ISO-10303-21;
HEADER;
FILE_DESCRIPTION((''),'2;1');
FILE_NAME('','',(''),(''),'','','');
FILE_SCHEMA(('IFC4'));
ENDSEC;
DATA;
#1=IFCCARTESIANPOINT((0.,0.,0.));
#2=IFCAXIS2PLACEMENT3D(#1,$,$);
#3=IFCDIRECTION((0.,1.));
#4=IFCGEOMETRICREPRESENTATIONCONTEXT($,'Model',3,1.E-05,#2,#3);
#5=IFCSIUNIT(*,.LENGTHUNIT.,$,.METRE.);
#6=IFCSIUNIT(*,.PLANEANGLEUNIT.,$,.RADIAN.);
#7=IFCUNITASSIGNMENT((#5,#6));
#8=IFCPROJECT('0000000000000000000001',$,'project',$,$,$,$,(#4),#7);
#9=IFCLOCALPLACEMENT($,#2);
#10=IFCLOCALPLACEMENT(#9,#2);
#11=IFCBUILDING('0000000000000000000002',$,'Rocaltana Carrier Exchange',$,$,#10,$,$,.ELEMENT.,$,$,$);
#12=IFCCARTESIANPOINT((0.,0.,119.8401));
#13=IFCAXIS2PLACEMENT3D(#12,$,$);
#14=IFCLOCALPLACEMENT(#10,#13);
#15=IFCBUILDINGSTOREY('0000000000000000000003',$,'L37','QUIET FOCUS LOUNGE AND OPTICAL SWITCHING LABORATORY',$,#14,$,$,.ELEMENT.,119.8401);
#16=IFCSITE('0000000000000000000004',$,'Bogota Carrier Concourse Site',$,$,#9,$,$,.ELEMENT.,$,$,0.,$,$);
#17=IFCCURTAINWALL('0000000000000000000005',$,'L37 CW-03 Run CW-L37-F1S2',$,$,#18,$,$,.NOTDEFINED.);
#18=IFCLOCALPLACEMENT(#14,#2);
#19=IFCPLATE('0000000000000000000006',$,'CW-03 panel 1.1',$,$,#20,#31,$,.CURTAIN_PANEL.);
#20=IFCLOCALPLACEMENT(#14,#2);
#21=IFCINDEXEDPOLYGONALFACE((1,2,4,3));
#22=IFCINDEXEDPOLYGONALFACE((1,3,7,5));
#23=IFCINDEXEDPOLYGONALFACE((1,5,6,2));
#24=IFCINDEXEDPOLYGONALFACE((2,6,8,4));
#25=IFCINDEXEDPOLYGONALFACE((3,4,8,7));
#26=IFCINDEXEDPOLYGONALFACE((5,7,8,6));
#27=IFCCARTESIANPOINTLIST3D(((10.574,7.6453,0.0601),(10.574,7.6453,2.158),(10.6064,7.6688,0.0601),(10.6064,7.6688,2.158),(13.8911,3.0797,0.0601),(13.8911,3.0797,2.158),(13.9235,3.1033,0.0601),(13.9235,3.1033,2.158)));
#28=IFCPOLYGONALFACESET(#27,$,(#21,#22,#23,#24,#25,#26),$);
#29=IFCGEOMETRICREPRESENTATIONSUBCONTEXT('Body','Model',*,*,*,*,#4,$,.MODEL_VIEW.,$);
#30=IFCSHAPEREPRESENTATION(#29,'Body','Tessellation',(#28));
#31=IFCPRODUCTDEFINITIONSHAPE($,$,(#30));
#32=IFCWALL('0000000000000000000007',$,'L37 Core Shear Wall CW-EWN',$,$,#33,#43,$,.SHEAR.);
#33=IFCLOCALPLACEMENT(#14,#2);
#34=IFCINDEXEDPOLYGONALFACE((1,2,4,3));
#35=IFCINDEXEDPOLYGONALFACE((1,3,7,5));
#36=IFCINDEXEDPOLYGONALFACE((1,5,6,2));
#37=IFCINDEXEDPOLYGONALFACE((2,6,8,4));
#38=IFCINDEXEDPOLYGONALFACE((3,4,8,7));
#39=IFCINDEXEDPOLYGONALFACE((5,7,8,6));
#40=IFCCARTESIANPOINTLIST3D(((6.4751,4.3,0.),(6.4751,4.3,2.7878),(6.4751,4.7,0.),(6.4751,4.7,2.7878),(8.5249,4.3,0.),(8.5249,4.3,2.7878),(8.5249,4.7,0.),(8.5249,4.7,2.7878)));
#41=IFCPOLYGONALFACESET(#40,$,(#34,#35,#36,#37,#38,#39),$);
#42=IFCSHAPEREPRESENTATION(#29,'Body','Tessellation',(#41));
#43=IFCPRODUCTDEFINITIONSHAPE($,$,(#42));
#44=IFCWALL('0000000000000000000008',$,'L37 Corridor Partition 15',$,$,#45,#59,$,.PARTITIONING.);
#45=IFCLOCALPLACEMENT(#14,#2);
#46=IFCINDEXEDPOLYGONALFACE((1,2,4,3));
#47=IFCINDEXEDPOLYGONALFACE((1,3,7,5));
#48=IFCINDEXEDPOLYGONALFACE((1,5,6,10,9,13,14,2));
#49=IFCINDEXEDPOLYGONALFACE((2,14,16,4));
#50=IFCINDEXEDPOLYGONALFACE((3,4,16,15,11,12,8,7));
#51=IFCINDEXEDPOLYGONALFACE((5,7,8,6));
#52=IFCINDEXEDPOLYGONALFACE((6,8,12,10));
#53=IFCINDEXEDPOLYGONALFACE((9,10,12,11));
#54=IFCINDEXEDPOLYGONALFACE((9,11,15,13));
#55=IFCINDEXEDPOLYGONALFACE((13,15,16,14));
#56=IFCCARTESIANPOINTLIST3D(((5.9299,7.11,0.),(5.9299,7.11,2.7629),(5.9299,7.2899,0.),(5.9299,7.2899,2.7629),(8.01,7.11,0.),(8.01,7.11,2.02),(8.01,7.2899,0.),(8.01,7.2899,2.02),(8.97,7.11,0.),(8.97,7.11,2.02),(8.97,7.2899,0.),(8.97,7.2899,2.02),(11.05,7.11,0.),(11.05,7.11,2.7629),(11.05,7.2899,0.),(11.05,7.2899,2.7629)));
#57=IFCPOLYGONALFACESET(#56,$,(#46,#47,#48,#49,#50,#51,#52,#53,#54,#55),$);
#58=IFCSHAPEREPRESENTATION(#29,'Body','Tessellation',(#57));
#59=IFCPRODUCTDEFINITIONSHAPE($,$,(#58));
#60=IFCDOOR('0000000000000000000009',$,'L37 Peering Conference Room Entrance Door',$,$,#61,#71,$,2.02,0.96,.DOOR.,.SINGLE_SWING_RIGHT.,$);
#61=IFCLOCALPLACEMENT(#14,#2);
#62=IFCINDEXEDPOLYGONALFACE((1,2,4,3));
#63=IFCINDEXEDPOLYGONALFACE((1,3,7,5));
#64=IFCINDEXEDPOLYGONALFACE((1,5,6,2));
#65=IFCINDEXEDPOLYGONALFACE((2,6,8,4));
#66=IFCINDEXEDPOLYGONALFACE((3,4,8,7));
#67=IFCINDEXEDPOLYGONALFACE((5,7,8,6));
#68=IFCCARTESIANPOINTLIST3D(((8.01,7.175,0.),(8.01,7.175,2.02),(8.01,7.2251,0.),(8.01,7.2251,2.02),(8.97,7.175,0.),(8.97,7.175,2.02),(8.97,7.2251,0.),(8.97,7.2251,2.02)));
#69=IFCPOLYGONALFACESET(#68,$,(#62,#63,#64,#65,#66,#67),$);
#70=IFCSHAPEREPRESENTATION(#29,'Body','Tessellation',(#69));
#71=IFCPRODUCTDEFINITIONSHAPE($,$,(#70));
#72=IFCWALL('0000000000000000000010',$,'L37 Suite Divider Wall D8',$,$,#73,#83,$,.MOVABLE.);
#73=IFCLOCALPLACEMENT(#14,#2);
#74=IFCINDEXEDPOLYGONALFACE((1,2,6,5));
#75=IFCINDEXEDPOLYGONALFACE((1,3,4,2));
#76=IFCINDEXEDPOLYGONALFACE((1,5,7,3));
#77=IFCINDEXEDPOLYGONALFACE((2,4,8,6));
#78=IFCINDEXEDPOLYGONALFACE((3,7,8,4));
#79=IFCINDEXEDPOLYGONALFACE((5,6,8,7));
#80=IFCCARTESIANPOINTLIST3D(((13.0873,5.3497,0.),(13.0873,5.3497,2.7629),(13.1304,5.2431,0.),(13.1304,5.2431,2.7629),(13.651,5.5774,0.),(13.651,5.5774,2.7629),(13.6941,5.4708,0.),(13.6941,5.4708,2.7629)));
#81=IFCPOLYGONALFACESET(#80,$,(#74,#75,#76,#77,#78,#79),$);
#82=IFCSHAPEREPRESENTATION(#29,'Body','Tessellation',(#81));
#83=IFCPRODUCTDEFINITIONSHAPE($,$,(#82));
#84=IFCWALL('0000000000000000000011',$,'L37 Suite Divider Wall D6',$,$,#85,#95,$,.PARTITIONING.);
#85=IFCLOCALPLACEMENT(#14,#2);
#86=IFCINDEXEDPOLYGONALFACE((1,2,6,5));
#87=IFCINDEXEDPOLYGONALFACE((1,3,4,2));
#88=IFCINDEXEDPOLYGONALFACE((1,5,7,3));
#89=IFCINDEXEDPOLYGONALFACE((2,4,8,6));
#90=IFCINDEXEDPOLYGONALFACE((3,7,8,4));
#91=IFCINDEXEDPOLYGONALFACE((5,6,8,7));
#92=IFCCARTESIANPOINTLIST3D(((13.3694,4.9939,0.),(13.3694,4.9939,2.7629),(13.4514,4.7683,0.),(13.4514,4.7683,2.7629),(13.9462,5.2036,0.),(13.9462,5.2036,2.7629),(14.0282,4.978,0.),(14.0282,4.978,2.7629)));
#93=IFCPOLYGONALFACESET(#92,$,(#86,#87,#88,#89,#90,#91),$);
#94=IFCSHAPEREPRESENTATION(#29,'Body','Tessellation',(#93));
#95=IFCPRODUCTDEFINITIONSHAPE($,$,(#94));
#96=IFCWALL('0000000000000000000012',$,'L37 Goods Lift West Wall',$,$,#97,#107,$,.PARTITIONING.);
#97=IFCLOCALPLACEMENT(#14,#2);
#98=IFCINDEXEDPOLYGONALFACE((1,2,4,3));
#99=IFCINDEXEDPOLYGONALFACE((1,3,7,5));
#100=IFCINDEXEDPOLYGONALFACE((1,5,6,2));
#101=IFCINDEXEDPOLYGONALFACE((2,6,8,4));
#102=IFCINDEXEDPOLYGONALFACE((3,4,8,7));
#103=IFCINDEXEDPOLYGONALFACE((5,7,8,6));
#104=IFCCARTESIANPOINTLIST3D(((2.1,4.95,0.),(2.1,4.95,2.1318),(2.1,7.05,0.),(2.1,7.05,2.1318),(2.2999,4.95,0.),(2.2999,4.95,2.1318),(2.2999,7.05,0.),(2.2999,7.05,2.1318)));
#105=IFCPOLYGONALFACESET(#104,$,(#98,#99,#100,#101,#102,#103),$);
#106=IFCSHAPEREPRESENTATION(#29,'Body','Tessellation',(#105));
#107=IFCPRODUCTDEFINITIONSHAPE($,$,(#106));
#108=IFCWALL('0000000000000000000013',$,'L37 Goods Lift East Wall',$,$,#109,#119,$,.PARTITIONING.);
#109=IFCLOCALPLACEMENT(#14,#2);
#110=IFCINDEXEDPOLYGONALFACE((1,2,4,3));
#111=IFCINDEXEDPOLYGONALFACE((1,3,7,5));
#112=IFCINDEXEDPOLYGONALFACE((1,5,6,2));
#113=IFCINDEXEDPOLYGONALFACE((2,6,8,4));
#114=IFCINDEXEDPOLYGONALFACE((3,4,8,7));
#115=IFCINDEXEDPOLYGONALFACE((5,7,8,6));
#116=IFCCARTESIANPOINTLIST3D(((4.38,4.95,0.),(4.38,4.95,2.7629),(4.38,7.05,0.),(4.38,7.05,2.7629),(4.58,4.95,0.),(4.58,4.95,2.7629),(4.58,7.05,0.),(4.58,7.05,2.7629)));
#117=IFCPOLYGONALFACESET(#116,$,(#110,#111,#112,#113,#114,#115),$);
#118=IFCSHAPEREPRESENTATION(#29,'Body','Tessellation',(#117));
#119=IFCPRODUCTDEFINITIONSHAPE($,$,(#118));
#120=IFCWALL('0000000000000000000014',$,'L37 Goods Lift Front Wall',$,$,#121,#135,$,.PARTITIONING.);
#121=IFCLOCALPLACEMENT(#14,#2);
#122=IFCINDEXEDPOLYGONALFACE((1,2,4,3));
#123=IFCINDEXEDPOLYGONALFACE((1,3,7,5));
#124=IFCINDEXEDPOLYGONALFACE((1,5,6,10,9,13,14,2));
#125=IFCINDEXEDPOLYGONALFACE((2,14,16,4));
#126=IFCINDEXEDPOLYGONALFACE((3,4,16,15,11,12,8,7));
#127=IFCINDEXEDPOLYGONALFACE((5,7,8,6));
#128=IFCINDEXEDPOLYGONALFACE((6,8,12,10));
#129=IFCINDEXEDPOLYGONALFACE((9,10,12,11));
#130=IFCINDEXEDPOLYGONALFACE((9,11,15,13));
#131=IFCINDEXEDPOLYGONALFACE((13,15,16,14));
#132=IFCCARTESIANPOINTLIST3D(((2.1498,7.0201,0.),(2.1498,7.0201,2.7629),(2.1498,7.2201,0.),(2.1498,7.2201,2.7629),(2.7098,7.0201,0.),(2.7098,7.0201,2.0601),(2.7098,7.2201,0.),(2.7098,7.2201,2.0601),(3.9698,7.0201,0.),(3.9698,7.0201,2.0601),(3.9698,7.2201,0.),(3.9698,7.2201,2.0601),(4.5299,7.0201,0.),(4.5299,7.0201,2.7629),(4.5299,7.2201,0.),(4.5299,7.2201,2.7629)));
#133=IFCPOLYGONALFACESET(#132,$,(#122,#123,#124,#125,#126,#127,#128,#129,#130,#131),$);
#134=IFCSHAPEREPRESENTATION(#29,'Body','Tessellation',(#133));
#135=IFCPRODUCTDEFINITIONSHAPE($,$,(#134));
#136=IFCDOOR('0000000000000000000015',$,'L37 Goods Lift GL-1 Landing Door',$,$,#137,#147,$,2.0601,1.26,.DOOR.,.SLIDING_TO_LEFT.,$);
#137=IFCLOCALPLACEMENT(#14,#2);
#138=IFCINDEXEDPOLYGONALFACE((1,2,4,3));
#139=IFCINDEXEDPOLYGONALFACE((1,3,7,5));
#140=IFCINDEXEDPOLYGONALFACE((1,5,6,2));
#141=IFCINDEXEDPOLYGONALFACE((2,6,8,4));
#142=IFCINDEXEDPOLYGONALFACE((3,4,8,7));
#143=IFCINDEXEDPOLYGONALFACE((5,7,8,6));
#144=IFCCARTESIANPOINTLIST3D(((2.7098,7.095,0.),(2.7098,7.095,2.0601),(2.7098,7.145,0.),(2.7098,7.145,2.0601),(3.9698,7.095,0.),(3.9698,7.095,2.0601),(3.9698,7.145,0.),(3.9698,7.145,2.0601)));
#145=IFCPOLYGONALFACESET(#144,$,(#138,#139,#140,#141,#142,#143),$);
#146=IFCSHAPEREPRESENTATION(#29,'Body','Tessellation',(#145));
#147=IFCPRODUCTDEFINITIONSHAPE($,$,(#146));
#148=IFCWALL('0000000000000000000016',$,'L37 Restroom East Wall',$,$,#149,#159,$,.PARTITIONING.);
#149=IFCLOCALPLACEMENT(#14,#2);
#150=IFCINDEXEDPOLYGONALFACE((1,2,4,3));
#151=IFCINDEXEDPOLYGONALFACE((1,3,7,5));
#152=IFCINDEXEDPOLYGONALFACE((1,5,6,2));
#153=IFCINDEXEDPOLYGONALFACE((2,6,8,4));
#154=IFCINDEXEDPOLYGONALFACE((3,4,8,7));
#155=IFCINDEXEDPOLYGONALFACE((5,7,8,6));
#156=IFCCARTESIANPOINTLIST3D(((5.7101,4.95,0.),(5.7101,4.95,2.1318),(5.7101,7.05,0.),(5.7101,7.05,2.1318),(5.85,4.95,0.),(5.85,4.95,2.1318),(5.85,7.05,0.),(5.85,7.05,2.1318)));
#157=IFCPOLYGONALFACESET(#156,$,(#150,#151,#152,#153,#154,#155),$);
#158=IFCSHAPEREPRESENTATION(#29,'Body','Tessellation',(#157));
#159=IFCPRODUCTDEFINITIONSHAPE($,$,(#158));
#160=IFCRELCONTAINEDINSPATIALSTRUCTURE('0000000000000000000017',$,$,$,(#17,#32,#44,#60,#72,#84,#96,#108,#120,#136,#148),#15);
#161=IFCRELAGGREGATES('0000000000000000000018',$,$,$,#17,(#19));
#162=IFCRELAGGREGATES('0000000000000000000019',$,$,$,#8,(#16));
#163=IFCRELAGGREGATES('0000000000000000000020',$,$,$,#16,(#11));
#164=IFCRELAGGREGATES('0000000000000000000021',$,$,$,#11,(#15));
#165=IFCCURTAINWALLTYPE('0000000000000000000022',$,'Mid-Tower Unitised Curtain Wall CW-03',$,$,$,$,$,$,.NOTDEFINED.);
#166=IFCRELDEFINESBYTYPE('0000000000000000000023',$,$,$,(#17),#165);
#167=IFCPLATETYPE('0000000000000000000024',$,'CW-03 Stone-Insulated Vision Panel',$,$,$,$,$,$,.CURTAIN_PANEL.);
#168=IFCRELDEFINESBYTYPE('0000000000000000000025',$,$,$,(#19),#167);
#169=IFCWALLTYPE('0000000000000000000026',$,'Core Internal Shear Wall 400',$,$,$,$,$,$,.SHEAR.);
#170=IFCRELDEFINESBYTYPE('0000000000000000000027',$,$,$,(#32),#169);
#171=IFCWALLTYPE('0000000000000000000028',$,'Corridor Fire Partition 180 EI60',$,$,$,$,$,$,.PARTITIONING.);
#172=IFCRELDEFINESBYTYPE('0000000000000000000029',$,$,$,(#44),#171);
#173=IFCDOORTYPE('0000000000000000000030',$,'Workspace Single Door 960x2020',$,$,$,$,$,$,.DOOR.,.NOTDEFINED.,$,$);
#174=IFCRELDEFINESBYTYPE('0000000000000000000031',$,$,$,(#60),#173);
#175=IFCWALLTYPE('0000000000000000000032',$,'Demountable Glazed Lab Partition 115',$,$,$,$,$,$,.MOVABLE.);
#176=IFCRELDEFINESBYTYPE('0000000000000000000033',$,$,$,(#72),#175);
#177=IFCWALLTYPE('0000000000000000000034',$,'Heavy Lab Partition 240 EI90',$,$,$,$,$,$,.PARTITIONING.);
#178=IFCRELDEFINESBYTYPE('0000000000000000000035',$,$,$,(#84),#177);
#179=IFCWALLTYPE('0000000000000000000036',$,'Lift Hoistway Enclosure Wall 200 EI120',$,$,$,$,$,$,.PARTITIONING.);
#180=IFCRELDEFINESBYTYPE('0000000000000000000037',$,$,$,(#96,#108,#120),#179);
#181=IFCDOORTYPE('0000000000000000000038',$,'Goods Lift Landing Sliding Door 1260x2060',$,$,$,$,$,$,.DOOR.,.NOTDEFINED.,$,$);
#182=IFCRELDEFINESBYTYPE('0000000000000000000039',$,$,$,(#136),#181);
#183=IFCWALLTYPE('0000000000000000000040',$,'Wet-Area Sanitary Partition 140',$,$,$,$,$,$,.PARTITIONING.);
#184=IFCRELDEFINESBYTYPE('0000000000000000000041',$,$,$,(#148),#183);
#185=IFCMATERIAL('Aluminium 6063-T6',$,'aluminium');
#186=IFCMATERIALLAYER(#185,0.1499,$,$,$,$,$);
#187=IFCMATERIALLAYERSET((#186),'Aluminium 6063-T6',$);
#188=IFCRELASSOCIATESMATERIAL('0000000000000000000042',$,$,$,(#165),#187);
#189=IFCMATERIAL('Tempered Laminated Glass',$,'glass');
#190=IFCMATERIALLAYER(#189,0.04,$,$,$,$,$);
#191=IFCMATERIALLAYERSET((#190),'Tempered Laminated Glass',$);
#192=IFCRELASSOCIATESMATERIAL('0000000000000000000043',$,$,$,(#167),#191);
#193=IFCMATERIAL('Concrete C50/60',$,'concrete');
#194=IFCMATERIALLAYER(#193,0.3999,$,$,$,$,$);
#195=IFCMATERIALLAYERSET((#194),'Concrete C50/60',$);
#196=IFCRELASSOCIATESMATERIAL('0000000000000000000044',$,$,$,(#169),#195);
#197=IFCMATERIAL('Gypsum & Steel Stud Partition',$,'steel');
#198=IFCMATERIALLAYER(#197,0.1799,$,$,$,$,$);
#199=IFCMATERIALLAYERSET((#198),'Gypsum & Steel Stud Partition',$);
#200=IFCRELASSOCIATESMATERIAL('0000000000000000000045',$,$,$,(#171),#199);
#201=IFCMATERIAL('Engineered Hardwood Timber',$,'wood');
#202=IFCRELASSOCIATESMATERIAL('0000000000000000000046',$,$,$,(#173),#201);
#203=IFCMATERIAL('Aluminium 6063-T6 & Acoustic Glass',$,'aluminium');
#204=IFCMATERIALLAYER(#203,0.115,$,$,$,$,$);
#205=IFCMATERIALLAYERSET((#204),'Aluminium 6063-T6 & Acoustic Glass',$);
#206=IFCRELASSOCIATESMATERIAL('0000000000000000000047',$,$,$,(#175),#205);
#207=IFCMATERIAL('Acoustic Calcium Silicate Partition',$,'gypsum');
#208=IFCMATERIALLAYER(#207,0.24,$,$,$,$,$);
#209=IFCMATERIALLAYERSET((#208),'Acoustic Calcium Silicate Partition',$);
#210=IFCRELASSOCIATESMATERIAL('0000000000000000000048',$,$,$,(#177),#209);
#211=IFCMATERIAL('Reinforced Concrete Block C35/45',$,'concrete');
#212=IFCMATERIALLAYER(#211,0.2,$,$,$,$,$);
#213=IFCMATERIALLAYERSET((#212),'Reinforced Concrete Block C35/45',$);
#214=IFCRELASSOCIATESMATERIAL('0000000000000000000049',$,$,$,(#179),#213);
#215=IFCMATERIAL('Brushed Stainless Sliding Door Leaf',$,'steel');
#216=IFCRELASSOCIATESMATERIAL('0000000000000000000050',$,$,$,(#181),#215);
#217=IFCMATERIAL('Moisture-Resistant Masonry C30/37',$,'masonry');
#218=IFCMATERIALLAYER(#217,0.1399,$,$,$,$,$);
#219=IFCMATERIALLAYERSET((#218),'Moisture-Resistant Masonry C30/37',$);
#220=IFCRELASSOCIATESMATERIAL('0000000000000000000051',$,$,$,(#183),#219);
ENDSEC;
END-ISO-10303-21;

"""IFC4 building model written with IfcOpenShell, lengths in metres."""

from ifc_helpers import new_model, si_unit, direction, frame, frame_2d, origin, origin_2d, place, context, subcontext, project, spatial, rectangle, extrude, material, layer, layer_set, type_object, element, fill, aggregate, save


model = new_model("IFC4")

# Units and contexts
model_context = context("Model", 3, precision=1e-05, world=origin(), true_north=direction((0.0, 1.0)))
body_context = subcontext(model_context, "Body", "Model", "MODEL_VIEW")
ifc_project = project(units=[si_unit("LENGTHUNIT", "METRE"), si_unit("PLANEANGLEUNIT", "RADIAN")], contexts=[model_context])

# Site, building, storey
site_placement = place(None, origin())
site = spatial("IfcSite", under=ifc_project, at=site_placement, Name="Bogota Carrier Concourse Site", CompositionType="ELEMENT", RefElevation=0.0)
building_placement = place(site_placement, origin())
building = spatial("IfcBuilding", under=site, at=building_placement, Name="Rocaltana Carrier Exchange", CompositionType="ELEMENT")
storey_placement = place(building_placement, frame((0.0, 0.0, 119.8401)))
storey = spatial("IfcBuildingStorey", under=building, at=storey_placement, Name="L37", Description="QUIET FOCUS LOUNGE AND OPTICAL SWITCHING LABORATORY", CompositionType="ELEMENT", Elevation=119.8401)

# Curtain wall
ifc_material_1 = material(Name="Aluminium 6063-T6", Category="aluminium")
ifc_layer_1 = layer(ifc_material_1, 0.1499)
ifc_layer_set_1 = layer_set([ifc_layer_1], Name="Aluminium 6063-T6")
curtain_wall_type = type_object("IfcCurtainWallType", Name="Mid-Tower Unitised Curtain Wall CW-03", PredefinedType="NOTDEFINED", material=ifc_layer_set_1)
curtain_wall_placement = place(storey_placement, origin())
curtain_wall = element("IfcCurtainWall", 1, at=curtain_wall_placement, inside=storey, type_object=curtain_wall_type, Name="L37 CW-03 Run CW-L37-F1S2", PredefinedType="NOTDEFINED")

# Plate
ifc_material_2 = material(Name="Tempered Laminated Glass", Category="glass")
ifc_layer_2 = layer(ifc_material_2, 0.04)
ifc_layer_set_2 = layer_set([ifc_layer_2], Name="Tempered Laminated Glass")
plate_type = type_object("IfcPlateType", Name="CW-03 Stone-Insulated Vision Panel", PredefinedType="CURTAIN_PANEL", material=ifc_layer_set_2)
plate_placement = place(storey_placement, frame((12.2488, 5.3743, 0.0601), z_axis=(0.0, 0.0, 1.0), x_axis=(-0.58779, 0.809014, 0.0)))
plate = element("IfcPlate", 2, at=plate_placement, type_object=plate_type, Name="CW-03 panel 1.1", PredefinedType="CURTAIN_PANEL", context=body_context, shape_type="SweptSolid", body=[
    extrude(rectangle(XDim=5.6433, YDim=0.04, at=origin_2d()), origin(), (0.0, 0.0, 1.0), 2.0979),
])
aggregate(curtain_wall, [plate])

# Wall
ifc_material_3 = material(Name="Concrete C50/60", Category="concrete")
ifc_layer_3 = layer(ifc_material_3, 0.3999)
ifc_layer_set_3 = layer_set([ifc_layer_3], Name="Concrete C50/60")
wall_type_1 = type_object("IfcWallType", Name="Core Internal Shear Wall 400", PredefinedType="SHEAR", material=ifc_layer_set_3)
wall_1_placement = place(storey_placement, frame((6.4751, 4.5, 0.0), z_axis=(0.0, 0.0, 1.0), x_axis=(1.0, 0.0, 0.0)))
element("IfcWall", 3, at=wall_1_placement, inside=storey, type_object=wall_type_1, Name="L37 Core Shear Wall CW-EWN", PredefinedType="SHEAR", context=body_context, shape_type="SweptSolid", body=[
    extrude(rectangle(XDim=2.0498, YDim=0.3999, at=frame_2d((1.0249, 0.0))), origin(), (0.0, 0.0, 1.0), 2.7878),
])

# Wall, opening, door
ifc_material_4 = material(Name="Gypsum & Steel Stud Partition", Category="steel")
ifc_layer_4 = layer(ifc_material_4, 0.1799)
ifc_layer_set_4 = layer_set([ifc_layer_4], Name="Gypsum & Steel Stud Partition")
wall_type_2 = type_object("IfcWallType", Name="Corridor Fire Partition 180 EI60", PredefinedType="PARTITIONING", material=ifc_layer_set_4)
wall_2_placement = place(storey_placement, frame((11.05, 7.2, 0.0), z_axis=(0.0, 0.0, 1.0), x_axis=(-1.0, 0.0, 0.0)))
wall_2 = element("IfcWall", 4, at=wall_2_placement, inside=storey, type_object=wall_type_2, Name="L37 Corridor Partition 15", PredefinedType="PARTITIONING", context=body_context, shape_type="SweptSolid", body=[
    extrude(rectangle(XDim=5.1201, YDim=0.1799, at=frame_2d((2.5601, 0.0))), origin(), (0.0, 0.0, 1.0), 2.7629),
])
opening_1_placement = place(wall_2_placement, frame((2.0801, 0.0, 0.0)))
opening_1 = element("IfcOpeningElement", 5, at=opening_1_placement, cuts=wall_2, PredefinedType="OPENING", context=body_context, shape_type="SweptSolid", body=[
    extrude(rectangle(XDim=0.96, YDim=2.02, at=frame_2d((0.48, 1.01))), frame((0.0, 0.0999, 0.0), z_axis=(0.0, -1.0, 0.0), x_axis=(1.0, 0.0, 0.0)), (0.0, 0.0, 1.0), 0.2),
])
ifc_material_5 = material(Name="Engineered Hardwood Timber", Category="wood")
door_type_1 = type_object("IfcDoorType", Name="Workspace Single Door 960x2020", OperationType="NOTDEFINED", PredefinedType="DOOR", material=ifc_material_5)
door_1_placement = place(opening_1_placement, origin())
door_1 = element("IfcDoor", 6, at=door_1_placement, inside=storey, type_object=door_type_1, Name="L37 Peering Conference Room Entrance Door", OperationType="SINGLE_SWING_RIGHT", OverallHeight=2.02, OverallWidth=0.96, PredefinedType="DOOR", context=body_context, shape_type="SweptSolid", body=[
    extrude(rectangle(XDim=0.96, YDim=2.02, at=frame_2d((0.48, 1.01))), frame((0.0, 0.0249, 0.0), z_axis=(0.0, -1.0, 0.0), x_axis=(1.0, 0.0, 0.0)), (0.0, 0.0, 1.0), 0.05),
])
fill(opening_1, door_1)

# Walls
ifc_material_6 = material(Name="Aluminium 6063-T6 & Acoustic Glass", Category="aluminium")
ifc_layer_5 = layer(ifc_material_6, 0.115)
ifc_layer_set_5 = layer_set([ifc_layer_5], Name="Aluminium 6063-T6 & Acoustic Glass")
wall_type_3 = type_object("IfcWallType", Name="Demountable Glazed Lab Partition 115", PredefinedType="MOVABLE", material=ifc_layer_set_5)
wall_3_placement = place(storey_placement, frame((13.1089, 5.2964, 0.0), z_axis=(0.0, 0.0, 1.0), x_axis=(0.927169, 0.374642, 0.0)))
element("IfcWall", 7, at=wall_3_placement, inside=storey, type_object=wall_type_3, Name="L37 Suite Divider Wall D8", PredefinedType="MOVABLE", context=body_context, shape_type="SweptSolid", body=[
    extrude(rectangle(XDim=0.6079, YDim=0.115, at=frame_2d((0.304, 0.0))), origin(), (0.0, 0.0, 1.0), 2.7629),
])
ifc_material_7 = material(Name="Acoustic Calcium Silicate Partition", Category="gypsum")
ifc_layer_6 = layer(ifc_material_7, 0.24)
ifc_layer_set_6 = layer_set([ifc_layer_6], Name="Acoustic Calcium Silicate Partition")
wall_type_4 = type_object("IfcWallType", Name="Heavy Lab Partition 240 EI90", PredefinedType="PARTITIONING", material=ifc_layer_set_6)
wall_4_placement = place(storey_placement, frame((13.4104, 4.8811, 0.0), z_axis=(0.0, 0.0, 1.0), x_axis=(0.939828, 0.341647, 0.0)))
element("IfcWall", 8, at=wall_4_placement, inside=storey, type_object=wall_type_4, Name="L37 Suite Divider Wall D6", PredefinedType="PARTITIONING", context=body_context, shape_type="SweptSolid", body=[
    extrude(rectangle(XDim=0.6138, YDim=0.24, at=frame_2d((0.3069, 0.0))), origin(), (0.0, 0.0, 1.0), 2.7629),
])
ifc_material_8 = material(Name="Reinforced Concrete Block C35/45", Category="concrete")
ifc_layer_7 = layer(ifc_material_8, 0.2)
ifc_layer_set_7 = layer_set([ifc_layer_7], Name="Reinforced Concrete Block C35/45")
wall_type_5 = type_object("IfcWallType", Name="Lift Hoistway Enclosure Wall 200 EI120", PredefinedType="PARTITIONING", material=ifc_layer_set_7)
wall_5_placement = place(storey_placement, frame((2.2, 4.95, 0.0), z_axis=(0.0, 0.0, 1.0), x_axis=(0.0, 1.0, 0.0)))
element("IfcWall", 9, at=wall_5_placement, inside=storey, type_object=wall_type_5, Name="L37 Goods Lift West Wall", PredefinedType="PARTITIONING", context=body_context, shape_type="SweptSolid", body=[
    extrude(rectangle(XDim=2.1001, YDim=0.2, at=frame_2d((1.05, 0.0))), origin(), (0.0, 0.0, 1.0), 2.1318),
])
wall_6_placement = place(storey_placement, frame((4.48, 4.95, 0.0), z_axis=(0.0, 0.0, 1.0), x_axis=(0.0, 1.0, 0.0)))
element("IfcWall", 10, at=wall_6_placement, inside=storey, type_object=wall_type_5, Name="L37 Goods Lift East Wall", PredefinedType="PARTITIONING", context=body_context, shape_type="SweptSolid", body=[
    extrude(rectangle(XDim=2.1001, YDim=0.2, at=frame_2d((1.05, 0.0))), origin(), (0.0, 0.0, 1.0), 2.7629),
])

# Wall, opening, door
wall_7_placement = place(storey_placement, frame((2.1499, 7.1201, 0.0), z_axis=(0.0, 0.0, 1.0), x_axis=(1.0, 0.0, 0.0)))
wall_7 = element("IfcWall", 11, at=wall_7_placement, inside=storey, type_object=wall_type_5, Name="L37 Goods Lift Front Wall", PredefinedType="PARTITIONING", context=body_context, shape_type="SweptSolid", body=[
    extrude(rectangle(XDim=2.3801, YDim=0.2, at=frame_2d((1.1899, 0.0))), origin(), (0.0, 0.0, 1.0), 2.7629),
])
opening_2_placement = place(wall_7_placement, frame((0.5601, 0.0, 0.0)))
opening_2 = element("IfcOpeningElement", 12, at=opening_2_placement, cuts=wall_7, PredefinedType="OPENING", context=body_context, shape_type="SweptSolid", body=[
    extrude(rectangle(XDim=1.26, YDim=2.0601, at=frame_2d((0.6299, 1.03))), frame((0.0, 0.1099, 0.0), z_axis=(0.0, -1.0, 0.0), x_axis=(1.0, 0.0, 0.0)), (0.0, 0.0, 1.0), 0.22),
])
ifc_material_9 = material(Name="Brushed Stainless Sliding Door Leaf", Category="steel")
door_type_2 = type_object("IfcDoorType", Name="Goods Lift Landing Sliding Door 1260x2060", OperationType="NOTDEFINED", PredefinedType="DOOR", material=ifc_material_9)
door_2_placement = place(opening_2_placement, origin())
door_2 = element("IfcDoor", 13, at=door_2_placement, inside=storey, type_object=door_type_2, Name="L37 Goods Lift GL-1 Landing Door", OperationType="SLIDING_TO_LEFT", OverallHeight=2.0601, OverallWidth=1.26, PredefinedType="DOOR", context=body_context, shape_type="SweptSolid", body=[
    extrude(rectangle(XDim=1.26, YDim=2.0601, at=frame_2d((0.6299, 1.03))), frame((0.0, 0.0249, 0.0), z_axis=(0.0, -1.0, 0.0), x_axis=(1.0, 0.0, 0.0)), (0.0, 0.0, 1.0), 0.05),
])
fill(opening_2, door_2)

# Wall
ifc_material_10 = material(Name="Moisture-Resistant Masonry C30/37", Category="masonry")
ifc_layer_8 = layer(ifc_material_10, 0.1399)
ifc_layer_set_8 = layer_set([ifc_layer_8], Name="Moisture-Resistant Masonry C30/37")
wall_type_6 = type_object("IfcWallType", Name="Wet-Area Sanitary Partition 140", PredefinedType="PARTITIONING", material=ifc_layer_set_8)
wall_8_placement = place(storey_placement, frame((5.78, 4.95, 0.0), z_axis=(0.0, 0.0, 1.0), x_axis=(0.0, 1.0, 0.0)))
element("IfcWall", 14, at=wall_8_placement, inside=storey, type_object=wall_type_6, Name="L37 Restroom East Wall", PredefinedType="PARTITIONING", context=body_context, shape_type="SweptSolid", body=[
    extrude(rectangle(XDim=2.1001, YDim=0.1399, at=frame_2d((1.05, 0.0))), origin(), (0.0, 0.0, 1.0), 2.1318),
])

save(model, "model.ifc")
